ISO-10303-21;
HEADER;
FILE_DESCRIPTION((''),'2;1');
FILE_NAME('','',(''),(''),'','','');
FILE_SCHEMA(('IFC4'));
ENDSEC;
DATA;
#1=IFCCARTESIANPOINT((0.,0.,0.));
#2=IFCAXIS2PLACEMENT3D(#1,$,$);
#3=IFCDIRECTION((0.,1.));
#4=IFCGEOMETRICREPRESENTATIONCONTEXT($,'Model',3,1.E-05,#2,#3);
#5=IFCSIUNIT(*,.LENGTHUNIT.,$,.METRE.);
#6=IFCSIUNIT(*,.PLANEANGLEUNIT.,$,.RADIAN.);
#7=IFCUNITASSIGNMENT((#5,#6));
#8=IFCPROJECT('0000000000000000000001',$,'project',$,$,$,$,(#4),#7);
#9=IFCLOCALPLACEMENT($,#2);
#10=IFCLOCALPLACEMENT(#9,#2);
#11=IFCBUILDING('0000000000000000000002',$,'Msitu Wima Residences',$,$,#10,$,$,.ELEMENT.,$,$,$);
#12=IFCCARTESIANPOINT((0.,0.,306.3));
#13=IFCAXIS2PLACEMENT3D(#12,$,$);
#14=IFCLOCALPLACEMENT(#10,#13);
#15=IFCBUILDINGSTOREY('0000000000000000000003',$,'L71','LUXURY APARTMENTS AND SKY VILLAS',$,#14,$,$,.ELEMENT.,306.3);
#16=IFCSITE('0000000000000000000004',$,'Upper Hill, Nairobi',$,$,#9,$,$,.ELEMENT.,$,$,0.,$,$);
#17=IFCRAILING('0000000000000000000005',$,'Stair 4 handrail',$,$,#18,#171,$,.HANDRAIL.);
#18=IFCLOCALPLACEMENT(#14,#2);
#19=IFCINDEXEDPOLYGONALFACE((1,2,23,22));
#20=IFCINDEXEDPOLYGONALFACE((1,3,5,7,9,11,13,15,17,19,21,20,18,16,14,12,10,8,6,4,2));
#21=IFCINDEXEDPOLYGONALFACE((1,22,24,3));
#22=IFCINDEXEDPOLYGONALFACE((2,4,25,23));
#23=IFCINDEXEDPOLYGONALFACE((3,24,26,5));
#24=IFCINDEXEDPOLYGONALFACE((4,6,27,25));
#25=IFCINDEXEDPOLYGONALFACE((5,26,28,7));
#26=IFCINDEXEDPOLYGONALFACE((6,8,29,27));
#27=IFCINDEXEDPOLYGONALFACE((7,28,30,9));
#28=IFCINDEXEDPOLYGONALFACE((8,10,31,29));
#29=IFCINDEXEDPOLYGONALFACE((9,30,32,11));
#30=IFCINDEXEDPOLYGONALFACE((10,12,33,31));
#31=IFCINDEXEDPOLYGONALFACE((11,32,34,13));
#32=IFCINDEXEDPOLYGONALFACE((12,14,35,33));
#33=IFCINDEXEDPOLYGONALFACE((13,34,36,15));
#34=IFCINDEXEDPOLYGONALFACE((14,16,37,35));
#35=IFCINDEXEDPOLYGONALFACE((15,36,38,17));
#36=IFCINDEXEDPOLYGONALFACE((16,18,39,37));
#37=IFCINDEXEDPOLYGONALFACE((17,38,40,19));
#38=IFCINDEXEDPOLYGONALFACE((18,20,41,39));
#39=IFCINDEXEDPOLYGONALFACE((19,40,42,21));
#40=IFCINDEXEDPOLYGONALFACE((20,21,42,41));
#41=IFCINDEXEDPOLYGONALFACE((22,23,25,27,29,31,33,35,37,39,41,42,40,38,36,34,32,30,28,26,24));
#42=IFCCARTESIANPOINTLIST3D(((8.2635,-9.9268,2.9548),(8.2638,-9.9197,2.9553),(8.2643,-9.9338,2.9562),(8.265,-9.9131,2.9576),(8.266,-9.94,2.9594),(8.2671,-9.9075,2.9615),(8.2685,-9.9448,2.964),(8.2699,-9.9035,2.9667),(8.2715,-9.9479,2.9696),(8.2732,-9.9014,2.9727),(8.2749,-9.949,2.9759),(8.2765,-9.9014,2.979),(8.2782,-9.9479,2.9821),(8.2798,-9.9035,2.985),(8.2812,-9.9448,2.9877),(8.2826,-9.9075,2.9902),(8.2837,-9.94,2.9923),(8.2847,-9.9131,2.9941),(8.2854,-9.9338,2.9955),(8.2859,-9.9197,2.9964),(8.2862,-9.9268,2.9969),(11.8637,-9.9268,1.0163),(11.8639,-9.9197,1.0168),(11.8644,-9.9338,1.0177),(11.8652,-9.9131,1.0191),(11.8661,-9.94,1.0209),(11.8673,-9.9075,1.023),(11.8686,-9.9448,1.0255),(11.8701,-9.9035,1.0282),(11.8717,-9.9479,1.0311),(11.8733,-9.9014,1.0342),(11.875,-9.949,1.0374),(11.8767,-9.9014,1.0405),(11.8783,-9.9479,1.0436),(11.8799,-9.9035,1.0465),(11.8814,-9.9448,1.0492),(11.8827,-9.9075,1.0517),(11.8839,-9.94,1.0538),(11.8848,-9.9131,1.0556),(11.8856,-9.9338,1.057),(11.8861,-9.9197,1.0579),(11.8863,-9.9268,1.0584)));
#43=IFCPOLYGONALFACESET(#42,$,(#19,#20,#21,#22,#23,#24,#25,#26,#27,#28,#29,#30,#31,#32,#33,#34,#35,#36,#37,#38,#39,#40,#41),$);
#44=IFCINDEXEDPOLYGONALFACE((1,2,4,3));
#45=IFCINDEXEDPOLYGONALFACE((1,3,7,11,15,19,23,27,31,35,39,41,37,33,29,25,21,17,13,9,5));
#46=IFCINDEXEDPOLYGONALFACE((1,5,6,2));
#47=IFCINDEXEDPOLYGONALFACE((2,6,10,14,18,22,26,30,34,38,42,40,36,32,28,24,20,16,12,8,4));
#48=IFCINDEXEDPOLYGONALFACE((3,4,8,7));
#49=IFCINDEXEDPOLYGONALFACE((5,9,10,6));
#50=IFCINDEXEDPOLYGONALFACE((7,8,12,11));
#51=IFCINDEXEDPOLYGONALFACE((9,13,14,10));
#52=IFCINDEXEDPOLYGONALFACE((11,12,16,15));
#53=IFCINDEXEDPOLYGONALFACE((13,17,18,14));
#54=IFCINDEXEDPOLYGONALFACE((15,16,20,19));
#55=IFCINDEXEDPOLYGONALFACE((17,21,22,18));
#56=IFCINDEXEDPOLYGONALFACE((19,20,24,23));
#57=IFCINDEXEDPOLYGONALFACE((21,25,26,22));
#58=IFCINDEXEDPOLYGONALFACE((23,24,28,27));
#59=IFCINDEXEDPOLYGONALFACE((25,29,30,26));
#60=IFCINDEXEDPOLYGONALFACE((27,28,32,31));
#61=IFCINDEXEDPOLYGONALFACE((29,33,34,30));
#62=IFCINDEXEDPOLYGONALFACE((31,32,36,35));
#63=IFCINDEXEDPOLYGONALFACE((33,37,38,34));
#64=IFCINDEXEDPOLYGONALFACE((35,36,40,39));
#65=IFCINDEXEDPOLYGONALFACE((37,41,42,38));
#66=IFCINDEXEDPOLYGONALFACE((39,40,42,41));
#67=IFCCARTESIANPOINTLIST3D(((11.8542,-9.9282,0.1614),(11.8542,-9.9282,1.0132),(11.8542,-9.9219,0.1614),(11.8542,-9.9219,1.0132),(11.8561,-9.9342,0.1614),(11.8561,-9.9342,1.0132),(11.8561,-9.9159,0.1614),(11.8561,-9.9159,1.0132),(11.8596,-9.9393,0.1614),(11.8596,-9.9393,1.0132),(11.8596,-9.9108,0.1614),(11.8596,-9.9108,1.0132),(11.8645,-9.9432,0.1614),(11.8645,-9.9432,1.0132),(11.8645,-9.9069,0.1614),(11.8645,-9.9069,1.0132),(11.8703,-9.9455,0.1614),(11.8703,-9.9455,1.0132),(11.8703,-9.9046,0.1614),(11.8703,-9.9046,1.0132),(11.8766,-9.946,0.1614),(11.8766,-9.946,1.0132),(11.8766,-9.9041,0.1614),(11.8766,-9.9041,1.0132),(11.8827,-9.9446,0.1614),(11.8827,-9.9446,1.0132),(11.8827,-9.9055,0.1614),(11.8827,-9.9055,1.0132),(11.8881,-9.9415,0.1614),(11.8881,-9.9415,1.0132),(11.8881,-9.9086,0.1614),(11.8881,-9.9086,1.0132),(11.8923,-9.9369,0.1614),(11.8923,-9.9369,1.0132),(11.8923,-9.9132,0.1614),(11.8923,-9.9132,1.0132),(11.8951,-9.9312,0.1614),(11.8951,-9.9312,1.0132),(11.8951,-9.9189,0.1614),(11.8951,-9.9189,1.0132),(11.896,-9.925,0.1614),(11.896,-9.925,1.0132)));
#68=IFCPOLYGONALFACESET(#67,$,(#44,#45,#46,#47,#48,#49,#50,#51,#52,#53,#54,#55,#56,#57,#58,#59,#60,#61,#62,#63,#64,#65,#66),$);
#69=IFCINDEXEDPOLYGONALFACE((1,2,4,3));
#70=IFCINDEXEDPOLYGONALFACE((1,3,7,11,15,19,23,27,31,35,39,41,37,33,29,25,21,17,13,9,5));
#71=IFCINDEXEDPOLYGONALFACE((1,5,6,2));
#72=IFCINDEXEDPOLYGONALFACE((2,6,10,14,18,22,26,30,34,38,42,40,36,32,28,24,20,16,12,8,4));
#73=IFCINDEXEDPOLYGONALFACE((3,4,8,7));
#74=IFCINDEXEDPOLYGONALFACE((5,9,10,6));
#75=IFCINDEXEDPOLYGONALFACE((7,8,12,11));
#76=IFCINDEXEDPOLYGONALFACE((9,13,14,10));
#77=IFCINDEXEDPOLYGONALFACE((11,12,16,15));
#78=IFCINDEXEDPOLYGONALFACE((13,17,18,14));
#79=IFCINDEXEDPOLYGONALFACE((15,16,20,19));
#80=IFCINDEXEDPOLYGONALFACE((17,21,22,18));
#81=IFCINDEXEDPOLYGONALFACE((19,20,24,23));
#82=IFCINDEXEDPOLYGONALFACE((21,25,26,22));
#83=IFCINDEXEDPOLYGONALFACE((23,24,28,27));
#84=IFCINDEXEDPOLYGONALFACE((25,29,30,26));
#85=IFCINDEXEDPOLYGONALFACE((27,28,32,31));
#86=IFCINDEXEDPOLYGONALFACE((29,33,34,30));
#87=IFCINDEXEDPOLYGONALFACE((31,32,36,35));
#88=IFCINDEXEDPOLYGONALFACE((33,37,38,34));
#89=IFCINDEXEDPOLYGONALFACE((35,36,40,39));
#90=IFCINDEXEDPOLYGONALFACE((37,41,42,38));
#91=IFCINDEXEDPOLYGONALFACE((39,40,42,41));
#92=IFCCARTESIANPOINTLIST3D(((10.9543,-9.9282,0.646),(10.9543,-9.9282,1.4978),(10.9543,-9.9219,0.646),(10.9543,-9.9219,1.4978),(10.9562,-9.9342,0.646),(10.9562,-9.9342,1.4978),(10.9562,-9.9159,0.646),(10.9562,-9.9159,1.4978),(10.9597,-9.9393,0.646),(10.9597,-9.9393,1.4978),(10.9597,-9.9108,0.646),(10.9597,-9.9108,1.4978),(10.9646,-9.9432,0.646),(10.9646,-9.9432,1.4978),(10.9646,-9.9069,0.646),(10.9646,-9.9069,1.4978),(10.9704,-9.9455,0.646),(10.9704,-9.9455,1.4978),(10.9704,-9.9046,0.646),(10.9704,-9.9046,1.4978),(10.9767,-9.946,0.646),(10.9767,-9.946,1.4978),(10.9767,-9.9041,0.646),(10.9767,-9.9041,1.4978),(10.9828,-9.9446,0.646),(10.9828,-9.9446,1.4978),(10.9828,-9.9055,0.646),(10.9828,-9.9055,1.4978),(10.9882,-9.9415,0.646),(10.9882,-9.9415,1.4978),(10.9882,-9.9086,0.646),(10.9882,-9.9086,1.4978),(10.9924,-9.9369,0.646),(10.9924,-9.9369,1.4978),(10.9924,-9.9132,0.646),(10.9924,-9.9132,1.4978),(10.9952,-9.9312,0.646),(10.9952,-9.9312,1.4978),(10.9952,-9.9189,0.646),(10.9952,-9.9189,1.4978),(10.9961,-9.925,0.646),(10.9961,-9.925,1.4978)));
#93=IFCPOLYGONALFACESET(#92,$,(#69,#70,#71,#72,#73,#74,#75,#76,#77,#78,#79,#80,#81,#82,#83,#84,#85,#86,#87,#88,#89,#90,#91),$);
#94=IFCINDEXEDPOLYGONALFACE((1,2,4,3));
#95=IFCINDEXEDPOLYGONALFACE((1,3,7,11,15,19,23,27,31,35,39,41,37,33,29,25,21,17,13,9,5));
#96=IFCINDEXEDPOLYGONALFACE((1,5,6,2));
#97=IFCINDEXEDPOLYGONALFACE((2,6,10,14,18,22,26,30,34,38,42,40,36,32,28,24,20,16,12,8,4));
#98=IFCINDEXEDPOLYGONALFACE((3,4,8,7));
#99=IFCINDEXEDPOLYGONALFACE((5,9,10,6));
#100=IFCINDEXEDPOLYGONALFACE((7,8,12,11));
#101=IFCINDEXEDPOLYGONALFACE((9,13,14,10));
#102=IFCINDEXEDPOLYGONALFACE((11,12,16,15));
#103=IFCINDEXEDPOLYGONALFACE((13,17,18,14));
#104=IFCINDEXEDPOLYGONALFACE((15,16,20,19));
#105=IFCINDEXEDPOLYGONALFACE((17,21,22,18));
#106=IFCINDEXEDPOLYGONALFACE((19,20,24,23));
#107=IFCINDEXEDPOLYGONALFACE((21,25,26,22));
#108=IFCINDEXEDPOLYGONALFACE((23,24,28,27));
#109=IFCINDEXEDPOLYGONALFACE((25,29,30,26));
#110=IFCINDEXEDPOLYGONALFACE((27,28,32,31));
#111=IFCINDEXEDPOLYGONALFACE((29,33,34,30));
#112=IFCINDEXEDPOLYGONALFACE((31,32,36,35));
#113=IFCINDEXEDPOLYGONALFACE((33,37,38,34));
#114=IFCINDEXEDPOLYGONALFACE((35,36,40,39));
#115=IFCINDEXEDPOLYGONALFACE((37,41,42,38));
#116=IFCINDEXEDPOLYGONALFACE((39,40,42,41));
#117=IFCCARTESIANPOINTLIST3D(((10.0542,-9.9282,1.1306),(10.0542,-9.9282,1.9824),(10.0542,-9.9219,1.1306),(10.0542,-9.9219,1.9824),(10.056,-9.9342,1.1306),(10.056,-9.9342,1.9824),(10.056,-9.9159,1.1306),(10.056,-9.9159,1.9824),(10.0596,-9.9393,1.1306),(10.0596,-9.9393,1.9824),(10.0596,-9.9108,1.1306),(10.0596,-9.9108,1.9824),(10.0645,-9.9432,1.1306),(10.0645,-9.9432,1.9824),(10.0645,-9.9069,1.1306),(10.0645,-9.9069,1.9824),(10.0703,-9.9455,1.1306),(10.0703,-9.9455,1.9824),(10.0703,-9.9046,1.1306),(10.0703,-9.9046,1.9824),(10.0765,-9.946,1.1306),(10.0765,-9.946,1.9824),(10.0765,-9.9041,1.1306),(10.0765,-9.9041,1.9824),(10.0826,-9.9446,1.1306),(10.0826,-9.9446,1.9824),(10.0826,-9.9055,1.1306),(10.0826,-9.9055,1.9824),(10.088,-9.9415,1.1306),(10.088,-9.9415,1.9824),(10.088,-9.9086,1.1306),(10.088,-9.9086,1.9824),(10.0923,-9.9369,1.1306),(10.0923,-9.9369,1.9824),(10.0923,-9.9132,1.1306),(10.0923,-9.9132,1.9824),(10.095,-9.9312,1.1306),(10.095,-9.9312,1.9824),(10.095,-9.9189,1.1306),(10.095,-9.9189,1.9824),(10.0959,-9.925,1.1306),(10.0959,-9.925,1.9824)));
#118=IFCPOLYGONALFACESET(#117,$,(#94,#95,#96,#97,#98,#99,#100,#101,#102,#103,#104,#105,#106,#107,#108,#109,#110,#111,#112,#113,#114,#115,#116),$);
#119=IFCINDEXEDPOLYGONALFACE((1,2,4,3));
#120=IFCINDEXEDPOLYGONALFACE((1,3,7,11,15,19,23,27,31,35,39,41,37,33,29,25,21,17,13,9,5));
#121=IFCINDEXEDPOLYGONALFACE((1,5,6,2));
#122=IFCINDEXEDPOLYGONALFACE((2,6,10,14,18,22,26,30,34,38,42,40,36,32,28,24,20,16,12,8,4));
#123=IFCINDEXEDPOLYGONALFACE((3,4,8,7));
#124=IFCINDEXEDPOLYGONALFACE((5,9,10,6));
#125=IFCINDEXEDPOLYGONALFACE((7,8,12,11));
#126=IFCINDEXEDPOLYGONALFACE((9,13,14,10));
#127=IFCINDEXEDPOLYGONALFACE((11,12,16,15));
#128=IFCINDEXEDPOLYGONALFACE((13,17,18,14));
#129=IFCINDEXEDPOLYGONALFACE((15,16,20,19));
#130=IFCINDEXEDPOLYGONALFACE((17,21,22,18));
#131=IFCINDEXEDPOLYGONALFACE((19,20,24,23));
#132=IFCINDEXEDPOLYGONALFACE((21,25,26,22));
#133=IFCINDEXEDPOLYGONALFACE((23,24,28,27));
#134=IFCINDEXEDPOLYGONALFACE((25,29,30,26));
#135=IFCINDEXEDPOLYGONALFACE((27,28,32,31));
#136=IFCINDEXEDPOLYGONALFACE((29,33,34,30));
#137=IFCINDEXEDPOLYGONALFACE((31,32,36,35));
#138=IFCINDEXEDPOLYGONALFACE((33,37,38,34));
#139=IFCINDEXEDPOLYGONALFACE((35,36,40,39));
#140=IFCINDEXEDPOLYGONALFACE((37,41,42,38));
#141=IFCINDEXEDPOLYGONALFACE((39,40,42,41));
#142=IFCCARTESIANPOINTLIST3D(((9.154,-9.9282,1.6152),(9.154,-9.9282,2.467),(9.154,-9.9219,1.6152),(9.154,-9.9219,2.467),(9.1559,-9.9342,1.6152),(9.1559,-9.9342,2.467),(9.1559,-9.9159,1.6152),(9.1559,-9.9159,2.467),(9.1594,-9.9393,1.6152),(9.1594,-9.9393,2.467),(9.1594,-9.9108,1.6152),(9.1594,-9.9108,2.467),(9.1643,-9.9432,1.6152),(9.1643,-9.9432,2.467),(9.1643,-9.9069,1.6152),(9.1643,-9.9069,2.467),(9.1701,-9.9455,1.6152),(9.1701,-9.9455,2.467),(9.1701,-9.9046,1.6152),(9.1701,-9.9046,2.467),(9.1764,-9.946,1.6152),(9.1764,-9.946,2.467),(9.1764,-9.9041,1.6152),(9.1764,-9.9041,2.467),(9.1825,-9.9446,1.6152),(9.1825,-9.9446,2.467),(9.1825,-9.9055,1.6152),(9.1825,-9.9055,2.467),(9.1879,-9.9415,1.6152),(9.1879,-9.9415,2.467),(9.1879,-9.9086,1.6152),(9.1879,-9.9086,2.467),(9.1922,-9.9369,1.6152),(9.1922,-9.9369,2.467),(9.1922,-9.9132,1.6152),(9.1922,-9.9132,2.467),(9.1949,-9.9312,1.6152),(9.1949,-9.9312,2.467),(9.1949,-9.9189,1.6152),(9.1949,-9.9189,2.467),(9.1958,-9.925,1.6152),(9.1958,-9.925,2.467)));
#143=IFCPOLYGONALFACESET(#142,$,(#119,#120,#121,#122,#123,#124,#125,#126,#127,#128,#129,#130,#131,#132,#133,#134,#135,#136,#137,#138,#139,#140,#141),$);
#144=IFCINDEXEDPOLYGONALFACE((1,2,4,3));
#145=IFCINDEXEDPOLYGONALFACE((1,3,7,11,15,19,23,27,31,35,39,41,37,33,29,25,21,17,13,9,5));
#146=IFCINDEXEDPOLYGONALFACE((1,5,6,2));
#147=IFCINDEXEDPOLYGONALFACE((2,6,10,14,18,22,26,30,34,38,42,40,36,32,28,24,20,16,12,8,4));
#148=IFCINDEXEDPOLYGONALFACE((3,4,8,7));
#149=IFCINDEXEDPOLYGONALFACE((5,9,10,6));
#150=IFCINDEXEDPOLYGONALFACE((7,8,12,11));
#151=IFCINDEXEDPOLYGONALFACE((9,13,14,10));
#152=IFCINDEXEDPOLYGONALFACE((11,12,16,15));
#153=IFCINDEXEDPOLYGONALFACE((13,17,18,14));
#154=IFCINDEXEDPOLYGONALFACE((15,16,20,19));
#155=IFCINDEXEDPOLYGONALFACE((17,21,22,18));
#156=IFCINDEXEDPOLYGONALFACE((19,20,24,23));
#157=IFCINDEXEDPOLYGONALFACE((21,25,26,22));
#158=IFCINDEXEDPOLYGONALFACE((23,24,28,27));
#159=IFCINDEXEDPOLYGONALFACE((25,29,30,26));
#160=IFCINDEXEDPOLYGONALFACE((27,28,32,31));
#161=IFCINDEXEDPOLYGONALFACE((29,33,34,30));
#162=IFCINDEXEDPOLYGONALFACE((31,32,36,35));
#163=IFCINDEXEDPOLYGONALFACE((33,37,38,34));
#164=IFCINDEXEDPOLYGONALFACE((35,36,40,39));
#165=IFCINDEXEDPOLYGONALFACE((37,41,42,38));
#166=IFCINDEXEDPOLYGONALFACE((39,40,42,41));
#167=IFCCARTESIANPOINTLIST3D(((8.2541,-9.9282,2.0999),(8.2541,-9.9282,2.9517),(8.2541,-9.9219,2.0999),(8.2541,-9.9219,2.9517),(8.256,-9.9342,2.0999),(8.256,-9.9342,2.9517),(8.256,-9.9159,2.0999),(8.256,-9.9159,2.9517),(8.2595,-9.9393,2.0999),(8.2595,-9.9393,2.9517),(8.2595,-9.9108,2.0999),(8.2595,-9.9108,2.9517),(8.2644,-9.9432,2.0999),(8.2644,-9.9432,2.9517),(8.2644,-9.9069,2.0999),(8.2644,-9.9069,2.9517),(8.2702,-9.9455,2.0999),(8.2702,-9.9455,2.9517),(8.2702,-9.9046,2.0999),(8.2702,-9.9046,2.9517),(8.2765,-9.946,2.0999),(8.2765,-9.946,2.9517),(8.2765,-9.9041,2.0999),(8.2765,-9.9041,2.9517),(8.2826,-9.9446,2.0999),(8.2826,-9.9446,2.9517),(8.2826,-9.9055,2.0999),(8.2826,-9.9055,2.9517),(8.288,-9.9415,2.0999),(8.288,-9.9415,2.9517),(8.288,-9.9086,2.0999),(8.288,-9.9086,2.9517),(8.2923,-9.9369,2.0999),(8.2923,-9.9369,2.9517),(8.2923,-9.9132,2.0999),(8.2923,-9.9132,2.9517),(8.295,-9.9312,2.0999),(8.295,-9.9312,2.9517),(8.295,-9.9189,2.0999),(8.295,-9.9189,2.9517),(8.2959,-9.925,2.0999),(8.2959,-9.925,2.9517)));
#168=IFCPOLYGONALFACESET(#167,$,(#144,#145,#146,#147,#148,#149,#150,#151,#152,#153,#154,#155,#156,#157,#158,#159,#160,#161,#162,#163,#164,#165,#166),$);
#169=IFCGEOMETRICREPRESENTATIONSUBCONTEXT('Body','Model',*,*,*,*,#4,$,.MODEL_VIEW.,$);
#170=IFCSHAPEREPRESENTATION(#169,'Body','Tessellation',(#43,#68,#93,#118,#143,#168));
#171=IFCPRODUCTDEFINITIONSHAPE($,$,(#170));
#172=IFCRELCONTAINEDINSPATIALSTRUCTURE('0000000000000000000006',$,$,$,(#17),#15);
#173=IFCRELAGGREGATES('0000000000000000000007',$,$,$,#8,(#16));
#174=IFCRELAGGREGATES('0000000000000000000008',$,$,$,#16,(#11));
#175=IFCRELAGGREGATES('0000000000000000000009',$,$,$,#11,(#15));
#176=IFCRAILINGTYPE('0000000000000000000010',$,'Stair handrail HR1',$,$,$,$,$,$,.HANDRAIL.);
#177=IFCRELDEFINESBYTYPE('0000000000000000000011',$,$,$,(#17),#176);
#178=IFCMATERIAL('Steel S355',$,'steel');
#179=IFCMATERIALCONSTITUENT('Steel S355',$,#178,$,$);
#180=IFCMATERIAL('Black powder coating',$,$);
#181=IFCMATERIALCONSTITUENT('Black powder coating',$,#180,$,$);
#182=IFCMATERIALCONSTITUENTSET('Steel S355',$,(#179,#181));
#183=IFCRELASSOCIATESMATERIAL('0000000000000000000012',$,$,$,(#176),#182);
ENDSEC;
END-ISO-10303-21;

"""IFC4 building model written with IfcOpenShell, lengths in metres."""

from ifc_helpers import new_model, si_unit, direction, frame, origin, origin_2d, place, context, subcontext, project, spatial, circle, extrude, material, constituent, constituent_set, type_object, element, save


model = new_model("IFC4")

# Units and contexts
model_context = context("Model", 3, precision=1e-05, world=origin(), true_north=direction((0.0, 1.0)))
body_context = subcontext(model_context, "Body", "Model", "MODEL_VIEW")
ifc_project = project(units=[si_unit("LENGTHUNIT", "METRE"), si_unit("PLANEANGLEUNIT", "RADIAN")], contexts=[model_context])

# Site, building, storey
site_placement = place(None, origin())
site = spatial("IfcSite", under=ifc_project, at=site_placement, Name="Upper Hill, Nairobi", CompositionType="ELEMENT", RefElevation=0.0)
building_placement = place(site_placement, origin())
building = spatial("IfcBuilding", under=site, at=building_placement, Name="Msitu Wima Residences", CompositionType="ELEMENT")
storey_placement = place(building_placement, frame((0.0, 0.0, 306.3)))
storey = spatial("IfcBuildingStorey", under=building, at=storey_placement, Name="L71", Description="LUXURY APARTMENTS AND SKY VILLAS", CompositionType="ELEMENT", Elevation=306.3)

# Railing
ifc_material_1 = material(Name="Steel S355", Category="steel")
ifc_constituent_1 = constituent(ifc_material_1, Name="Steel S355")
ifc_material_2 = material(Name="Black powder coating")
ifc_constituent_2 = constituent(ifc_material_2, Name="Black powder coating")
ifc_constituent_set = constituent_set(constituents=[ifc_constituent_1, ifc_constituent_2], Name="Steel S355")
railing_type = type_object("IfcRailingType", Name="Stair handrail HR1", PredefinedType="HANDRAIL", material=ifc_constituent_set)
for number, where, name in (
    (1, (11.875, -9.925, 0.1614), "Stair 4 handrail"),
):
    element("IfcRailing", number, at=place(storey_placement, frame(where)), inside=storey, type_object=railing_type, Name=name, PredefinedType="HANDRAIL", context=body_context, shape_type="SweptSolid", body=[
        extrude(circle(Radius=0.0239, at=origin_2d()), frame((0.0, 0.0, 0.876), z_axis=(-0.880475, 0.0, 0.474093), x_axis=(0.0, -1.0, 0.0)), (0.0, 0.0, 1.0), 4.0889),
        extrude(circle(Radius=0.021, at=origin_2d()), origin(), (0.0, 0.0, 1.0), 0.8518),
        extrude(circle(Radius=0.021, at=origin_2d()), frame((-0.8999, 0.0, 0.4846)), (0.0, 0.0, 1.0), 0.8518),
        extrude(circle(Radius=0.021, at=origin_2d()), frame((-1.8, 0.0, 0.9692)), (0.0, 0.0, 1.0), 0.8518),
        extrude(circle(Radius=0.021, at=origin_2d()), frame((-2.7002, 0.0, 1.4539)), (0.0, 0.0, 1.0), 0.8518),
        extrude(circle(Radius=0.021, at=origin_2d()), frame((-3.6001, 0.0, 1.9385)), (0.0, 0.0, 1.0), 0.8518),
    ])

save(model, "model.ifc")
